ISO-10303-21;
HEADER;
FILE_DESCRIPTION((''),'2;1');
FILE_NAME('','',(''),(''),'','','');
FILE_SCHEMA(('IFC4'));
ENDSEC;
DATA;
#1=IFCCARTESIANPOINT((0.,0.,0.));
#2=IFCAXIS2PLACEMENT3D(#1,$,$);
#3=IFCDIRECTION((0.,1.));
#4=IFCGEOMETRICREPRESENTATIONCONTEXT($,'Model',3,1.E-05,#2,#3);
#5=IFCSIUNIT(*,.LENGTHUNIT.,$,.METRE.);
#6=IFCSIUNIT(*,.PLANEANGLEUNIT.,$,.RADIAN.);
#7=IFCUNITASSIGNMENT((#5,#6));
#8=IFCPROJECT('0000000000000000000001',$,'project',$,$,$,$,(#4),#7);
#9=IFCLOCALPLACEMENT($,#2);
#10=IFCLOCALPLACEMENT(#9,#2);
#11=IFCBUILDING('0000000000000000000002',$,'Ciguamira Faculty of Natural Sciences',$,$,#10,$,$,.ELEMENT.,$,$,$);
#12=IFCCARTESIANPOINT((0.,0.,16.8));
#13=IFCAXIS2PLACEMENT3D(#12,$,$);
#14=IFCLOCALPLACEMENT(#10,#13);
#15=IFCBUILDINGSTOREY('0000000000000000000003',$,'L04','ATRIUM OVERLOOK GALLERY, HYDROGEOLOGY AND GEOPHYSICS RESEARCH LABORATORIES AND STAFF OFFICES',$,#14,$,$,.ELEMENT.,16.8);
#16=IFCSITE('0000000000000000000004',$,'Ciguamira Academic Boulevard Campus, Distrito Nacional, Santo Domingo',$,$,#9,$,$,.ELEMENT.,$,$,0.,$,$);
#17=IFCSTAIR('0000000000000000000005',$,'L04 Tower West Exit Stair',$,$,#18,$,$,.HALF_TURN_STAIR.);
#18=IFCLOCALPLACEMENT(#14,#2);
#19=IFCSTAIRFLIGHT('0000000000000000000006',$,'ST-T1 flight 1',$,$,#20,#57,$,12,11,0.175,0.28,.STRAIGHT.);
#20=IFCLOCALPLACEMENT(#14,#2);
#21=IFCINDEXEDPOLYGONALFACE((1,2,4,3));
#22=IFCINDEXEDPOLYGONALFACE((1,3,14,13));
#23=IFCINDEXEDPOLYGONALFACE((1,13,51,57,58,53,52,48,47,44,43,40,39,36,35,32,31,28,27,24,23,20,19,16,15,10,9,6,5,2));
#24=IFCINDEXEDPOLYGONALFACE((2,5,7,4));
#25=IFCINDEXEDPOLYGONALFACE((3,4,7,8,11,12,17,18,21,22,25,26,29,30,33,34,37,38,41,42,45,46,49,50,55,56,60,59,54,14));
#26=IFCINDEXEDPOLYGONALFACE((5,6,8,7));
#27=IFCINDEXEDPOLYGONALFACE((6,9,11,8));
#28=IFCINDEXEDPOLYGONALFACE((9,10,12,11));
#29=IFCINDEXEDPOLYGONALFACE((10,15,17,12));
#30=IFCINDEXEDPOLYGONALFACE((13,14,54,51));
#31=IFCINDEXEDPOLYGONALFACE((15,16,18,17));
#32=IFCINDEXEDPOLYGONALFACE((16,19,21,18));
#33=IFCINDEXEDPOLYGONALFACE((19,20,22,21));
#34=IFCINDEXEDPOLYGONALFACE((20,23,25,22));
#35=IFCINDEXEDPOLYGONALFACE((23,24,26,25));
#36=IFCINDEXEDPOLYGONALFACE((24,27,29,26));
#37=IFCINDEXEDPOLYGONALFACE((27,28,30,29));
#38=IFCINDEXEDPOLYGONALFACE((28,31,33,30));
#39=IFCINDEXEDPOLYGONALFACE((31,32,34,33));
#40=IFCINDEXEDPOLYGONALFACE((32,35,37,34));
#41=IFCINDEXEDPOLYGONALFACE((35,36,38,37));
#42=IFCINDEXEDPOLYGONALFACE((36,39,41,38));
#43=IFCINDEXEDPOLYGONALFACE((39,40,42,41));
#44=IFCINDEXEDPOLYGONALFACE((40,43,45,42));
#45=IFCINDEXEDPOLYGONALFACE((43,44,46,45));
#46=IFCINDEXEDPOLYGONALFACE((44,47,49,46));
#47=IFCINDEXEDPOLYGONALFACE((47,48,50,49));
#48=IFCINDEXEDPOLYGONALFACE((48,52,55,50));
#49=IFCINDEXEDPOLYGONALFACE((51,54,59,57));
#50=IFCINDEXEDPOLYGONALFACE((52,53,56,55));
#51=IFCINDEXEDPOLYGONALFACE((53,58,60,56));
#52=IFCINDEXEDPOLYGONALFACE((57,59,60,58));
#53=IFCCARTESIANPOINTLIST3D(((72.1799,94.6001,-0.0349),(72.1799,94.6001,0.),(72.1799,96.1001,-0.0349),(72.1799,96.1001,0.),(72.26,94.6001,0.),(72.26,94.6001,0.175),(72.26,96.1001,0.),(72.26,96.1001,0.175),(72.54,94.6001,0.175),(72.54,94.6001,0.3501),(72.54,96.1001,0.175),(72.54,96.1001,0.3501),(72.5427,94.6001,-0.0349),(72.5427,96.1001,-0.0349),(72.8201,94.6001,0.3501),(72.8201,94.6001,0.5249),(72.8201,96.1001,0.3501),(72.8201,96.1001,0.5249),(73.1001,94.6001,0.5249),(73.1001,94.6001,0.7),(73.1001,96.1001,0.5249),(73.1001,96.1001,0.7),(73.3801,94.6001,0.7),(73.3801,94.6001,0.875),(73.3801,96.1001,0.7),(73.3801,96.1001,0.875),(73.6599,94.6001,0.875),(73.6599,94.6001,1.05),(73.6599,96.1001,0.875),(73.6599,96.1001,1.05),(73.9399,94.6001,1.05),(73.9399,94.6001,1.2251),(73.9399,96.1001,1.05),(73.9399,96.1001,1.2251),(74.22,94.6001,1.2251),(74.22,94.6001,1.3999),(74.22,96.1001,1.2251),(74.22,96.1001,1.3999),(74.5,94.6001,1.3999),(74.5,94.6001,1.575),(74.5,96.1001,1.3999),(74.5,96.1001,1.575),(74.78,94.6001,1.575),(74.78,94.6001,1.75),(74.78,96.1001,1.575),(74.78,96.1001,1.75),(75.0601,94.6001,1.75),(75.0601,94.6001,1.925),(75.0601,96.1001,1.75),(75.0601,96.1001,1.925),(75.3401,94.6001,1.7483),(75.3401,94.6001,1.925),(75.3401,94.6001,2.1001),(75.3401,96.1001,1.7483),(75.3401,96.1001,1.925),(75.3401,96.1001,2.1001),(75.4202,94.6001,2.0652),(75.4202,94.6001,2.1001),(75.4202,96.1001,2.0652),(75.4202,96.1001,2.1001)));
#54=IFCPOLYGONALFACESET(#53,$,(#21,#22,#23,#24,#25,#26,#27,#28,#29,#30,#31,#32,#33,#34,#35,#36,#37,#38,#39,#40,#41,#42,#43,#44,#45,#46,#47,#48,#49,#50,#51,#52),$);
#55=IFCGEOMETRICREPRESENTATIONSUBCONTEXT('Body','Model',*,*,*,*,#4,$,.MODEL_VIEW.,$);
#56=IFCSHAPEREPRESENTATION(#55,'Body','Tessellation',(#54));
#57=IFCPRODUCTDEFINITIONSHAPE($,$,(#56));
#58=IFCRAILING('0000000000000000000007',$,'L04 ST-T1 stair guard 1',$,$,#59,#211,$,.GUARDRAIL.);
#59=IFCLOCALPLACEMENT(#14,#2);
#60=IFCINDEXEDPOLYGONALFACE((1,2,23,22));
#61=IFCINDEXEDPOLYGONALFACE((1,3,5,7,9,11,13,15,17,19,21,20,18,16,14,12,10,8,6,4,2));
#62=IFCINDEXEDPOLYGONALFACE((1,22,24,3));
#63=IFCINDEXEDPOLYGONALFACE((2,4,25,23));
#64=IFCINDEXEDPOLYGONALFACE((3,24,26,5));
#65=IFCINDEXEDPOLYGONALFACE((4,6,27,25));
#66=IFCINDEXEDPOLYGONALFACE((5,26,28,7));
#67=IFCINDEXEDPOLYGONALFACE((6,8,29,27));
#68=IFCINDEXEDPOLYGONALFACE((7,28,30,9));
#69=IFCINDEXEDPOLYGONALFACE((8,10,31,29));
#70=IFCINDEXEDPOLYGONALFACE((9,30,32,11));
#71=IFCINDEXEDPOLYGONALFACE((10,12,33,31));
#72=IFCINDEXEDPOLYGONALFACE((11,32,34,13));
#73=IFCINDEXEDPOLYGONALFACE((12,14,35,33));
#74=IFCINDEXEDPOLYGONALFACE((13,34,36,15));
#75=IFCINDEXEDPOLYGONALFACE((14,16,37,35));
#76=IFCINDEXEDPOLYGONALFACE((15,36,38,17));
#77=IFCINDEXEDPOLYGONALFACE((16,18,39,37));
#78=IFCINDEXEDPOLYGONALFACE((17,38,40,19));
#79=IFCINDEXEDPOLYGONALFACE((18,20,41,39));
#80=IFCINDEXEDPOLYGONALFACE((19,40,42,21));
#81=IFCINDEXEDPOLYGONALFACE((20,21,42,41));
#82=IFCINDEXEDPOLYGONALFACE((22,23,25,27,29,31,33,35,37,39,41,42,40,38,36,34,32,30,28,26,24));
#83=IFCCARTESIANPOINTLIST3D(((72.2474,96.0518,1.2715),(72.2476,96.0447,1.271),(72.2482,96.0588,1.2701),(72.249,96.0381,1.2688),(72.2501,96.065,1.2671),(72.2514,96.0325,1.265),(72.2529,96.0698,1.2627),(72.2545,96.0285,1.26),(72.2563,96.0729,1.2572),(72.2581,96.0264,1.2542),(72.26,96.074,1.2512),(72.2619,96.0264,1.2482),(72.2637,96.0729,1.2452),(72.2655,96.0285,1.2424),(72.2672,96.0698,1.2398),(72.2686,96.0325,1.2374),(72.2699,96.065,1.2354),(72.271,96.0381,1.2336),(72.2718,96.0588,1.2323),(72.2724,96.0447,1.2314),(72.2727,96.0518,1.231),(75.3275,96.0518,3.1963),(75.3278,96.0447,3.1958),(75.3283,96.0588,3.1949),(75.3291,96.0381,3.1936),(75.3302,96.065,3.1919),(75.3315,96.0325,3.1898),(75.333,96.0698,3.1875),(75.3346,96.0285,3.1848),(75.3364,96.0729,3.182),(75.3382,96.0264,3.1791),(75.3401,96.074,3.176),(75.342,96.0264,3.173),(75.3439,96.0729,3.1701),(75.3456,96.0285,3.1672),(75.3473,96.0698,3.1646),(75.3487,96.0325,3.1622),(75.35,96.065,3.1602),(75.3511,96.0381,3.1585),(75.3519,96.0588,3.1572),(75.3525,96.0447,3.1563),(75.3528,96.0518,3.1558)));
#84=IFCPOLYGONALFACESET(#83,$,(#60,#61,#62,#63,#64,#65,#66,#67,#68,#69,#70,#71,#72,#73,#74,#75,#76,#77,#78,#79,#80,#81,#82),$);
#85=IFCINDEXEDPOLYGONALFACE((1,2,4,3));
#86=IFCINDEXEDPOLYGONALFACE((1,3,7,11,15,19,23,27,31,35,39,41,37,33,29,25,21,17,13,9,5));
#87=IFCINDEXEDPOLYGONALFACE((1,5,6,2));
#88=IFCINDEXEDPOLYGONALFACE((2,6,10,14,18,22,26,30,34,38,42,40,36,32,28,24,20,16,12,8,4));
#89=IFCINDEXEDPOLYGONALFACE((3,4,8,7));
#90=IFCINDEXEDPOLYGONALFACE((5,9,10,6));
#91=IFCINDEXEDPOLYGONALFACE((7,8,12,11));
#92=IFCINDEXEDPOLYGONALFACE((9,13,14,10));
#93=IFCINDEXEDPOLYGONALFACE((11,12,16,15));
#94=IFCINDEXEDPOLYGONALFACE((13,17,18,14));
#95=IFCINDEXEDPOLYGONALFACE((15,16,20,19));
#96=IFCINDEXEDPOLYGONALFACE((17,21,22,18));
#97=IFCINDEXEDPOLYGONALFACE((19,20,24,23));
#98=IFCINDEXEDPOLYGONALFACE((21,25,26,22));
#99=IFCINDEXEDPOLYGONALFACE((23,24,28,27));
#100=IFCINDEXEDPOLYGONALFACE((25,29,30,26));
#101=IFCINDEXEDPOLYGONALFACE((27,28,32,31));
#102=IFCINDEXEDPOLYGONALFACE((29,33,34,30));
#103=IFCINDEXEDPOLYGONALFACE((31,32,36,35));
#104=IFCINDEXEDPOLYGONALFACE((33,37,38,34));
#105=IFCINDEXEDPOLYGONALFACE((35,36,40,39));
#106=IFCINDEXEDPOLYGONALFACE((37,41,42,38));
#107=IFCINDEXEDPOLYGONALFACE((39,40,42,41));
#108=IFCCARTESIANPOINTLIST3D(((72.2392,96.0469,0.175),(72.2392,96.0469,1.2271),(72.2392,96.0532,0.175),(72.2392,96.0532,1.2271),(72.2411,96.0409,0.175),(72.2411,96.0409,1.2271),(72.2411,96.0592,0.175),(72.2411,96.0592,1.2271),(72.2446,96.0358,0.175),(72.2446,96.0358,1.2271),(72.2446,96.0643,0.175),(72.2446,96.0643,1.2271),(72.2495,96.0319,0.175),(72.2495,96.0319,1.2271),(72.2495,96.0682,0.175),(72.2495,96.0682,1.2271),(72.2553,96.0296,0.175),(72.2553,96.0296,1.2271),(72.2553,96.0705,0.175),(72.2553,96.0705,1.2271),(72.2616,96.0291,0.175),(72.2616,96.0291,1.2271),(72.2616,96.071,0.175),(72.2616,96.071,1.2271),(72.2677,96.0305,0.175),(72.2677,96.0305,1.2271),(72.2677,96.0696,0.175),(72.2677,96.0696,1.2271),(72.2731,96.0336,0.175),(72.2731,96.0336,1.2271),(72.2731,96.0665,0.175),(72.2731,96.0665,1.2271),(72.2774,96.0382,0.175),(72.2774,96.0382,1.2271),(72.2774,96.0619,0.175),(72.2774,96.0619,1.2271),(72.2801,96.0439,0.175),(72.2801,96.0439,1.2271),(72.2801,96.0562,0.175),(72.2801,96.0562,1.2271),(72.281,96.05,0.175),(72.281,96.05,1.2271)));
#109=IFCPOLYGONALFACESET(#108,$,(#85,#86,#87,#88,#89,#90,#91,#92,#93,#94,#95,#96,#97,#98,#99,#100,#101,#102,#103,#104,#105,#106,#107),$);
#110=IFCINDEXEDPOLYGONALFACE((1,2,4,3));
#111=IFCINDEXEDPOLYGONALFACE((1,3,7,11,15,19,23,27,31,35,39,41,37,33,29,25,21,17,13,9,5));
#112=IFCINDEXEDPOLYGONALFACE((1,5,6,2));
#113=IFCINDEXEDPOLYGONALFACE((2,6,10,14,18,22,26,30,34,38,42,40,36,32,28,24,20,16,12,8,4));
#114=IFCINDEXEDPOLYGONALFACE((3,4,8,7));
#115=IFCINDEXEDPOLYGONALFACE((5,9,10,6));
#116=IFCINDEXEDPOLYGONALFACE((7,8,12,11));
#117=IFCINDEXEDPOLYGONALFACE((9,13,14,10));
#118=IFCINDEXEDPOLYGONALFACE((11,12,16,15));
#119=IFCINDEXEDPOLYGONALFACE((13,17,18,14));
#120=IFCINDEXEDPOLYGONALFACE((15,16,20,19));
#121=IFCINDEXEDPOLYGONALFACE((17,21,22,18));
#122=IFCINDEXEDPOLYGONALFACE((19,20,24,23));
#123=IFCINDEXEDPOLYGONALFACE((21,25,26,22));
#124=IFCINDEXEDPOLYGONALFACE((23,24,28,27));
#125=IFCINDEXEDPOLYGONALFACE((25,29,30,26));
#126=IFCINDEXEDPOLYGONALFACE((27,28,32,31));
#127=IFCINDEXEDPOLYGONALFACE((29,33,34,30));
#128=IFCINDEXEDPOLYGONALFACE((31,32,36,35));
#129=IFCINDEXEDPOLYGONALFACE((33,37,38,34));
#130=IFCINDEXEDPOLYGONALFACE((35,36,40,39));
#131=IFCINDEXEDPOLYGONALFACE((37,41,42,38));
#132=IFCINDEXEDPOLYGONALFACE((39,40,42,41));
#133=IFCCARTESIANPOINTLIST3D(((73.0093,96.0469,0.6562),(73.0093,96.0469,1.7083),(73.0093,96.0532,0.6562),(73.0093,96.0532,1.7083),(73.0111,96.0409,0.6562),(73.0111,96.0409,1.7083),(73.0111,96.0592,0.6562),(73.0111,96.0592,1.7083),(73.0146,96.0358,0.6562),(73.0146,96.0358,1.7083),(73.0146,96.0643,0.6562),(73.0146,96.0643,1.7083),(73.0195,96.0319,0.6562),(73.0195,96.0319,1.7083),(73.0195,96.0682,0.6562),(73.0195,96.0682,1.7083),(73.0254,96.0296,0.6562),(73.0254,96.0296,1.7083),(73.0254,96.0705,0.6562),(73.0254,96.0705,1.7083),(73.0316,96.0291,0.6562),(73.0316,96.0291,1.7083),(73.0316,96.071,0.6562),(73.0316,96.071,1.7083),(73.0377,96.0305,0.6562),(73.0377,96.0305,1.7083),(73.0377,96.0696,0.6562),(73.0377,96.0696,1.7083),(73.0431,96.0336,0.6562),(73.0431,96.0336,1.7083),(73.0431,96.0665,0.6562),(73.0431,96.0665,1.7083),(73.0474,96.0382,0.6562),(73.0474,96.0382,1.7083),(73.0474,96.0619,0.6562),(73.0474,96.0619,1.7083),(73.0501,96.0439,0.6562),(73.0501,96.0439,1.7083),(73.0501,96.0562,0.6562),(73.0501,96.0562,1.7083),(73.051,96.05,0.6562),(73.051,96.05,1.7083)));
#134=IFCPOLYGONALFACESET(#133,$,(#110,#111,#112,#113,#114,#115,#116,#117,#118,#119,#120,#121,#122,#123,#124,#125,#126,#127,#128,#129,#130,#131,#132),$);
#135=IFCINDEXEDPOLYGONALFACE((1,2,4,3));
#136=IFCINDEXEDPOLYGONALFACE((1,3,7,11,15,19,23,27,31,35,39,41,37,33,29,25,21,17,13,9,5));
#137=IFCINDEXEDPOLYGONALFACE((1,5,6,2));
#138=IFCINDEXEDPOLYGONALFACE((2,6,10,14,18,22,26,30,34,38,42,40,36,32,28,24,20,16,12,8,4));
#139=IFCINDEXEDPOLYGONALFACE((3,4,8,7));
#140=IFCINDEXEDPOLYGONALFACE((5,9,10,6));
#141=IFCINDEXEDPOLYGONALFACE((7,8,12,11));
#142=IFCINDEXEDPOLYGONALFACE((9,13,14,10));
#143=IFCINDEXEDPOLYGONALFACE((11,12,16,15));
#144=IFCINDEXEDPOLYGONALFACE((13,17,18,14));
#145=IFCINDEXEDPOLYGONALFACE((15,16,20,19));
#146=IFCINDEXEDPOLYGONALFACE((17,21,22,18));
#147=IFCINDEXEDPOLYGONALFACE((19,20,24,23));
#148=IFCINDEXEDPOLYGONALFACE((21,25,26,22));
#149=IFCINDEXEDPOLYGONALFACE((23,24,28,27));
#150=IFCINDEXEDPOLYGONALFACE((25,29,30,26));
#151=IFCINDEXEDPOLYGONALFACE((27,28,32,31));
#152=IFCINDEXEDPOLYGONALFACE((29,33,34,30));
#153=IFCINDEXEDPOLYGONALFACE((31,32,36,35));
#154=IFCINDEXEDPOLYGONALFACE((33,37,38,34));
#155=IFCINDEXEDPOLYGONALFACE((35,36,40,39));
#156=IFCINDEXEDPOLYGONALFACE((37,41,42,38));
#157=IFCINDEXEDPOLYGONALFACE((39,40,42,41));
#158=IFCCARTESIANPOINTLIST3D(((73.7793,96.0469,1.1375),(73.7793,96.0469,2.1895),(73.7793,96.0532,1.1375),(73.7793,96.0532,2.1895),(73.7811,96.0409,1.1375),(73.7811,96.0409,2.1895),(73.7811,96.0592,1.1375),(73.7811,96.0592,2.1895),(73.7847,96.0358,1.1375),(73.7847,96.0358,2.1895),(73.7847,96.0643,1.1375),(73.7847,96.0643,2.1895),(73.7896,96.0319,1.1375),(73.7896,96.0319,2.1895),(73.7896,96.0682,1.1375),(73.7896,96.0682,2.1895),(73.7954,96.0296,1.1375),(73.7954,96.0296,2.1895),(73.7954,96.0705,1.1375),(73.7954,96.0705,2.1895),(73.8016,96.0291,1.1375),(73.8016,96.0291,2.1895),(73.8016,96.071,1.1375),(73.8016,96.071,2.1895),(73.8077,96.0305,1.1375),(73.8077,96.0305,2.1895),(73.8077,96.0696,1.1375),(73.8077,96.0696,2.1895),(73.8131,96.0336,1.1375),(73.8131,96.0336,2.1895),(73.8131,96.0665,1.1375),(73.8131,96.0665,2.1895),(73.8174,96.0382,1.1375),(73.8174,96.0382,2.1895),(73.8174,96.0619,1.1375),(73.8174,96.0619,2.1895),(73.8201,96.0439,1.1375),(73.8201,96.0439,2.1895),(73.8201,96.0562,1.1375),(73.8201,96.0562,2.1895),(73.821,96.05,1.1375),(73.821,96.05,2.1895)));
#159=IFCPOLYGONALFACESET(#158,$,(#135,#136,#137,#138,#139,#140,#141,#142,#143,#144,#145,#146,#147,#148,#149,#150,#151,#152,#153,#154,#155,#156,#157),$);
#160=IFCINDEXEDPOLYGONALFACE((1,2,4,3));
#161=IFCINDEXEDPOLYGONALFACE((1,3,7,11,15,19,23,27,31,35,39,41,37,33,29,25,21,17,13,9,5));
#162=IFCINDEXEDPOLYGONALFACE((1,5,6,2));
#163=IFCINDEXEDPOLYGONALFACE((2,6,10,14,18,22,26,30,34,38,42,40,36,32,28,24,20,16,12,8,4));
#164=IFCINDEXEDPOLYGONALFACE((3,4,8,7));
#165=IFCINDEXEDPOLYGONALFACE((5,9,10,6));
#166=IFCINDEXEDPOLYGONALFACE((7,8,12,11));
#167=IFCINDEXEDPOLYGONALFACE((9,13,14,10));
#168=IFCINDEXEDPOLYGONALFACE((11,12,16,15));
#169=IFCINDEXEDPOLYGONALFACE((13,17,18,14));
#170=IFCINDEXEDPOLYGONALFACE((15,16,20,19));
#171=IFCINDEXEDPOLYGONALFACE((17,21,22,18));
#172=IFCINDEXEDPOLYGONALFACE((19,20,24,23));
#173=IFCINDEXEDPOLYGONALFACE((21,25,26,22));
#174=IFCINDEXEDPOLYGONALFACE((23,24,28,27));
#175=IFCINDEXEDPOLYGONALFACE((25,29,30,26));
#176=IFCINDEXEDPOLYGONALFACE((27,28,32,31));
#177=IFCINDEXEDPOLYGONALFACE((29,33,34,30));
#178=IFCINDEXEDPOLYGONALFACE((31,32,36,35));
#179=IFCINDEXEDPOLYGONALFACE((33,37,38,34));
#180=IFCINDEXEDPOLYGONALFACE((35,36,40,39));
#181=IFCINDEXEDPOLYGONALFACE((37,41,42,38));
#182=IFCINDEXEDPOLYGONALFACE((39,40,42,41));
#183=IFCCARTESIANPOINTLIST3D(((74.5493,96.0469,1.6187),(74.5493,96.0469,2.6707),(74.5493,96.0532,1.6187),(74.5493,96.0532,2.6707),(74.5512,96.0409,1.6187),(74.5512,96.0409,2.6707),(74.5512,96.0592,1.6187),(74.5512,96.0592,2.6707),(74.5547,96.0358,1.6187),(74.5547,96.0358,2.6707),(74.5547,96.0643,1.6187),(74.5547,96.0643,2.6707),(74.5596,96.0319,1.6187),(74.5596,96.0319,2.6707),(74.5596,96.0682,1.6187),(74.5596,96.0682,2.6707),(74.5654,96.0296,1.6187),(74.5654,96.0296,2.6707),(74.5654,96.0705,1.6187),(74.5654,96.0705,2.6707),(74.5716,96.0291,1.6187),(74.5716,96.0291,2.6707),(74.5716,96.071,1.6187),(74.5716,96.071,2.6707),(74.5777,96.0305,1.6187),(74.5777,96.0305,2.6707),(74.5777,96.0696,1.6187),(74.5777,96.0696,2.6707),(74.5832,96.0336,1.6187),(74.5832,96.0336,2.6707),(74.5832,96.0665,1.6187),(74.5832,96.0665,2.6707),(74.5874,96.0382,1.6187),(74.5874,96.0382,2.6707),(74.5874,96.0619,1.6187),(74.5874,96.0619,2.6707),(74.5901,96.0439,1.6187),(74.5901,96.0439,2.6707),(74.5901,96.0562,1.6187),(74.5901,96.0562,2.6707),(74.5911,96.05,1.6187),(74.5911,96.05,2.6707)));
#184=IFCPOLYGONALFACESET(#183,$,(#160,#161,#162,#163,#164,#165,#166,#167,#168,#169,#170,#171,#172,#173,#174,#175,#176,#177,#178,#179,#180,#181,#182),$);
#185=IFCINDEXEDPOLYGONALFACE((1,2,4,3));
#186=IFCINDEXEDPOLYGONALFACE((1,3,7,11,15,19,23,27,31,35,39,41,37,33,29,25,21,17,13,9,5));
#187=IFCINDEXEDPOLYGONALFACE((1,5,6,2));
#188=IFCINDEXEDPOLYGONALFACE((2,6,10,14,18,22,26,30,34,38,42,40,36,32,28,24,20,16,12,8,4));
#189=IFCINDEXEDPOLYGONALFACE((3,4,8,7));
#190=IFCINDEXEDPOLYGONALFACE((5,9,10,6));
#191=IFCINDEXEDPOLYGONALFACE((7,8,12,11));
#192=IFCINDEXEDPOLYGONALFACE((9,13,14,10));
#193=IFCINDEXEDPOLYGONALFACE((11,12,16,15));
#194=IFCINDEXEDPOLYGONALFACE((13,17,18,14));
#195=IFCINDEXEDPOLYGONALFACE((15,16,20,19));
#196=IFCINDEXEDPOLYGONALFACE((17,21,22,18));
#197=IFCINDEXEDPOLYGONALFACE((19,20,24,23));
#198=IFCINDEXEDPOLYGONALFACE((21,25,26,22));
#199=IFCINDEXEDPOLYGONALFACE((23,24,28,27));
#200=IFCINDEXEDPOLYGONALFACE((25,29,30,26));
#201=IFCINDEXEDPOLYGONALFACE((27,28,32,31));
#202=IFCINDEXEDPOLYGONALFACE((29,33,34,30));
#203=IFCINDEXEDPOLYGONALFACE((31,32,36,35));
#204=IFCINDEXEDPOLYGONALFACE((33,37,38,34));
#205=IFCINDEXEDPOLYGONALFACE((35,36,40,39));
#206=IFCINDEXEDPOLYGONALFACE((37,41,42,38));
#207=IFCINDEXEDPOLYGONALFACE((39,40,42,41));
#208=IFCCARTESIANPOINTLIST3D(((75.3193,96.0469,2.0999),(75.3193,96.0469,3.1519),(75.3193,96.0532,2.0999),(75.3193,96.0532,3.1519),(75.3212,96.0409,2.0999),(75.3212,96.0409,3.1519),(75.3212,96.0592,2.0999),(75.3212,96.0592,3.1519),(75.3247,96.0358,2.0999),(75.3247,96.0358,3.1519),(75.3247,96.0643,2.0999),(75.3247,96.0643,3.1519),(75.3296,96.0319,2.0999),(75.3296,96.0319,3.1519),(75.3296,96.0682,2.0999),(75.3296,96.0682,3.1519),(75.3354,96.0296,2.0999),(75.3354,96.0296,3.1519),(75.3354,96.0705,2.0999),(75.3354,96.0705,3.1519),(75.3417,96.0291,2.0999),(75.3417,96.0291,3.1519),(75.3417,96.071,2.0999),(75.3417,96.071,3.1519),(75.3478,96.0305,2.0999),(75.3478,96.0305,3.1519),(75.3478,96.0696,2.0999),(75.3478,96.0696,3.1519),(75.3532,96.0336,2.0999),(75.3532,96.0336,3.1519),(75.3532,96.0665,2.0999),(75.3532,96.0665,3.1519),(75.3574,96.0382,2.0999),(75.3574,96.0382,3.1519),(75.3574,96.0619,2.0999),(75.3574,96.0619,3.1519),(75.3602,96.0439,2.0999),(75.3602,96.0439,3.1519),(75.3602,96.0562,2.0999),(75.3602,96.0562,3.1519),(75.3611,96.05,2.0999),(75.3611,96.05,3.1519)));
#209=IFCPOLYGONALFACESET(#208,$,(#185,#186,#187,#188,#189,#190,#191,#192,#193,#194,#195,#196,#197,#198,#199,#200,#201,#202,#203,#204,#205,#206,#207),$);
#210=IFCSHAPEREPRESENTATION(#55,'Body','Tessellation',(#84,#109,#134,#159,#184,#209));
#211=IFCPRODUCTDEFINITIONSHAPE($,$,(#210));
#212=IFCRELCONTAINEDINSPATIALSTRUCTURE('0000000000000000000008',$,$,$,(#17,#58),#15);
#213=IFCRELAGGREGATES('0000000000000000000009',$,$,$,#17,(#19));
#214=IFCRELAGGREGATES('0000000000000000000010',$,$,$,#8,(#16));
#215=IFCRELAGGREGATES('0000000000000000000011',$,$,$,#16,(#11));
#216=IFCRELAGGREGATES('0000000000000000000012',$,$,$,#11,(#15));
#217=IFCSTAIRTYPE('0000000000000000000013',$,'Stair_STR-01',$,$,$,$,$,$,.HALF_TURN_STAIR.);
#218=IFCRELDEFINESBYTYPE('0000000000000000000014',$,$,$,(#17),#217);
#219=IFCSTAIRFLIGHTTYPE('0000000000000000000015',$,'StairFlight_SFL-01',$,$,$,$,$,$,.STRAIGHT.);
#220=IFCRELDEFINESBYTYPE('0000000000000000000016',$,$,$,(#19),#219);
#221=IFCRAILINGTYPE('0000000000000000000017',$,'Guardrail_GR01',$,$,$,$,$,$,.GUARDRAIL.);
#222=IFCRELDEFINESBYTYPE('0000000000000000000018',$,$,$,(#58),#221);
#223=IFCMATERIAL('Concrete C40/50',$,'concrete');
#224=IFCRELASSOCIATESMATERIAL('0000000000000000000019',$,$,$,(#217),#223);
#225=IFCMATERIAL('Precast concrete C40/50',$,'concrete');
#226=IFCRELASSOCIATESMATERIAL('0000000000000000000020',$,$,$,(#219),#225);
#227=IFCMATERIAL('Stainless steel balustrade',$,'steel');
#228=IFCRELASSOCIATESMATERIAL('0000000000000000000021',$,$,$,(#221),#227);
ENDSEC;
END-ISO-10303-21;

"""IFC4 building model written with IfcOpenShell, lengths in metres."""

from ifc_helpers import new_model, si_unit, direction, frame, origin, origin_2d, place, context, subcontext, project, spatial, polyline, circle, outline, extrude, material, type_object, element, aggregate, save


model = new_model("IFC4")

# Units and contexts
model_context = context("Model", 3, precision=1e-05, world=origin(), true_north=direction((0.0, 1.0)))
body_context = subcontext(model_context, "Body", "Model", "MODEL_VIEW")
ifc_project = project(units=[si_unit("LENGTHUNIT", "METRE"), si_unit("PLANEANGLEUNIT", "RADIAN")], contexts=[model_context])

# Site, building, storey
site_placement = place(None, origin())
site = spatial("IfcSite", under=ifc_project, at=site_placement, Name="Ciguamira Academic Boulevard Campus, Distrito Nacional, Santo Domingo", CompositionType="ELEMENT", RefElevation=0.0)
building_placement = place(site_placement, origin())
building = spatial("IfcBuilding", under=site, at=building_placement, Name="Ciguamira Faculty of Natural Sciences", CompositionType="ELEMENT")
storey_placement = place(building_placement, frame((0.0, 0.0, 16.8)))
storey = spatial("IfcBuildingStorey", under=building, at=storey_placement, Name="L04", Description="ATRIUM OVERLOOK GALLERY, HYDROGEOLOGY AND GEOPHYSICS RESEARCH LABORATORIES AND STAFF OFFICES", CompositionType="ELEMENT", Elevation=16.8)

# Shared definitions
ifc_material_1 = material(Name="Concrete C40/50", Category="concrete")
ifc_material_2 = material(Name="Precast concrete C40/50", Category="concrete")

# Stair, stair flight
stair_type = type_object("IfcStairType", Name="Stair_STR-01", PredefinedType="HALF_TURN_STAIR", material=ifc_material_1)
stair_placement = place(storey_placement, origin())
stair = element("IfcStair", 1, at=stair_placement, inside=storey, type_object=stair_type, Name="L04 Tower West Exit Stair", PredefinedType="HALF_TURN_STAIR")
stair_flight_type = type_object("IfcStairFlightType", Name="StairFlight_SFL-01", PredefinedType="STRAIGHT", material=ifc_material_2)
stair_flight_placement = place(storey_placement, frame((72.26, 95.3501, 0.0), z_axis=(0.0, 0.0, 1.0), x_axis=(1.0, 0.0, 0.0)))
stair_flight = element("IfcStairFlight", 2, at=stair_flight_placement, type_object=stair_flight_type, Name="ST-T1 flight 1", NumberOfRisers=12, NumberOfTreads=11, PredefinedType="STRAIGHT", RiserHeight=0.175, TreadLength=0.28, context=body_context, shape_type="SweptSolid", body=[
    extrude(outline(polyline([(-0.0801, -0.0349), (-0.0801, 0.0), (0.0, 0.0), (0.0, 0.175), (0.28, 0.175), (0.28, 0.3501), (0.5601, 0.3501), (0.5601, 0.5249), (0.8401, 0.5249), (0.8401, 0.7), (1.1201, 0.7), (1.1201, 0.875), (1.3999, 0.875), (1.3999, 1.05), (1.6799, 1.05), (1.6799, 1.2251), (1.96, 1.2251), (1.96, 1.3999), (2.24, 1.3999), (2.24, 1.575), (2.52, 1.575), (2.52, 1.75), (2.8, 1.75), (2.8, 1.925), (3.0801, 1.925), (3.0801, 2.1001), (3.1602, 2.1001), (3.1602, 2.0652), (3.0801, 1.7483), (0.2827, -0.0349), (-0.0801, -0.0349)])), frame((0.0, 0.75, 0.0), z_axis=(0.0, -1.0, 0.0), x_axis=(1.0, 0.0, 0.0)), (0.0, 0.0, 1.0), 1.5),
])
aggregate(stair, [stair_flight])

# Railing
ifc_material_3 = material(Name="Stainless steel balustrade", Category="steel")
railing_type_1 = type_object("IfcRailingType", Name="Guardrail_GR01", PredefinedType="GUARDRAIL", material=ifc_material_3)
railing_1_placement = place(storey_placement, frame((72.26, 96.05, 0.175)))
element("IfcRailing", 3, at=railing_1_placement, inside=storey, type_object=railing_type_1, Name="L04 ST-T1 stair guard 1", PredefinedType="GUARDRAIL", context=body_context, shape_type="SweptSolid", body=[
    extrude(circle(Radius=0.0239, at=origin_2d()), frame((0.0, 0.0, 1.0762), z_axis=(0.848029, 0.0, 0.529951), x_axis=(0.0, 1.0, 0.0)), (0.0, 0.0, 1.0), 3.6321),
    extrude(circle(Radius=0.021, at=origin_2d()), origin(), (0.0, 0.0, 1.0), 1.052),
    extrude(circle(Radius=0.021, at=origin_2d()), frame((0.77, 0.0, 0.4812)), (0.0, 0.0, 1.0), 1.052),
    extrude(circle(Radius=0.021, at=origin_2d()), frame((1.54, 0.0, 0.9624)), (0.0, 0.0, 1.0), 1.052),
    extrude(circle(Radius=0.021, at=origin_2d()), frame((2.3101, 0.0, 1.4436)), (0.0, 0.0, 1.0), 1.052),
    extrude(circle(Radius=0.021, at=origin_2d()), frame((3.0801, 0.0, 1.9248)), (0.0, 0.0, 1.0), 1.052),
])

save(model, "model.ifc")
